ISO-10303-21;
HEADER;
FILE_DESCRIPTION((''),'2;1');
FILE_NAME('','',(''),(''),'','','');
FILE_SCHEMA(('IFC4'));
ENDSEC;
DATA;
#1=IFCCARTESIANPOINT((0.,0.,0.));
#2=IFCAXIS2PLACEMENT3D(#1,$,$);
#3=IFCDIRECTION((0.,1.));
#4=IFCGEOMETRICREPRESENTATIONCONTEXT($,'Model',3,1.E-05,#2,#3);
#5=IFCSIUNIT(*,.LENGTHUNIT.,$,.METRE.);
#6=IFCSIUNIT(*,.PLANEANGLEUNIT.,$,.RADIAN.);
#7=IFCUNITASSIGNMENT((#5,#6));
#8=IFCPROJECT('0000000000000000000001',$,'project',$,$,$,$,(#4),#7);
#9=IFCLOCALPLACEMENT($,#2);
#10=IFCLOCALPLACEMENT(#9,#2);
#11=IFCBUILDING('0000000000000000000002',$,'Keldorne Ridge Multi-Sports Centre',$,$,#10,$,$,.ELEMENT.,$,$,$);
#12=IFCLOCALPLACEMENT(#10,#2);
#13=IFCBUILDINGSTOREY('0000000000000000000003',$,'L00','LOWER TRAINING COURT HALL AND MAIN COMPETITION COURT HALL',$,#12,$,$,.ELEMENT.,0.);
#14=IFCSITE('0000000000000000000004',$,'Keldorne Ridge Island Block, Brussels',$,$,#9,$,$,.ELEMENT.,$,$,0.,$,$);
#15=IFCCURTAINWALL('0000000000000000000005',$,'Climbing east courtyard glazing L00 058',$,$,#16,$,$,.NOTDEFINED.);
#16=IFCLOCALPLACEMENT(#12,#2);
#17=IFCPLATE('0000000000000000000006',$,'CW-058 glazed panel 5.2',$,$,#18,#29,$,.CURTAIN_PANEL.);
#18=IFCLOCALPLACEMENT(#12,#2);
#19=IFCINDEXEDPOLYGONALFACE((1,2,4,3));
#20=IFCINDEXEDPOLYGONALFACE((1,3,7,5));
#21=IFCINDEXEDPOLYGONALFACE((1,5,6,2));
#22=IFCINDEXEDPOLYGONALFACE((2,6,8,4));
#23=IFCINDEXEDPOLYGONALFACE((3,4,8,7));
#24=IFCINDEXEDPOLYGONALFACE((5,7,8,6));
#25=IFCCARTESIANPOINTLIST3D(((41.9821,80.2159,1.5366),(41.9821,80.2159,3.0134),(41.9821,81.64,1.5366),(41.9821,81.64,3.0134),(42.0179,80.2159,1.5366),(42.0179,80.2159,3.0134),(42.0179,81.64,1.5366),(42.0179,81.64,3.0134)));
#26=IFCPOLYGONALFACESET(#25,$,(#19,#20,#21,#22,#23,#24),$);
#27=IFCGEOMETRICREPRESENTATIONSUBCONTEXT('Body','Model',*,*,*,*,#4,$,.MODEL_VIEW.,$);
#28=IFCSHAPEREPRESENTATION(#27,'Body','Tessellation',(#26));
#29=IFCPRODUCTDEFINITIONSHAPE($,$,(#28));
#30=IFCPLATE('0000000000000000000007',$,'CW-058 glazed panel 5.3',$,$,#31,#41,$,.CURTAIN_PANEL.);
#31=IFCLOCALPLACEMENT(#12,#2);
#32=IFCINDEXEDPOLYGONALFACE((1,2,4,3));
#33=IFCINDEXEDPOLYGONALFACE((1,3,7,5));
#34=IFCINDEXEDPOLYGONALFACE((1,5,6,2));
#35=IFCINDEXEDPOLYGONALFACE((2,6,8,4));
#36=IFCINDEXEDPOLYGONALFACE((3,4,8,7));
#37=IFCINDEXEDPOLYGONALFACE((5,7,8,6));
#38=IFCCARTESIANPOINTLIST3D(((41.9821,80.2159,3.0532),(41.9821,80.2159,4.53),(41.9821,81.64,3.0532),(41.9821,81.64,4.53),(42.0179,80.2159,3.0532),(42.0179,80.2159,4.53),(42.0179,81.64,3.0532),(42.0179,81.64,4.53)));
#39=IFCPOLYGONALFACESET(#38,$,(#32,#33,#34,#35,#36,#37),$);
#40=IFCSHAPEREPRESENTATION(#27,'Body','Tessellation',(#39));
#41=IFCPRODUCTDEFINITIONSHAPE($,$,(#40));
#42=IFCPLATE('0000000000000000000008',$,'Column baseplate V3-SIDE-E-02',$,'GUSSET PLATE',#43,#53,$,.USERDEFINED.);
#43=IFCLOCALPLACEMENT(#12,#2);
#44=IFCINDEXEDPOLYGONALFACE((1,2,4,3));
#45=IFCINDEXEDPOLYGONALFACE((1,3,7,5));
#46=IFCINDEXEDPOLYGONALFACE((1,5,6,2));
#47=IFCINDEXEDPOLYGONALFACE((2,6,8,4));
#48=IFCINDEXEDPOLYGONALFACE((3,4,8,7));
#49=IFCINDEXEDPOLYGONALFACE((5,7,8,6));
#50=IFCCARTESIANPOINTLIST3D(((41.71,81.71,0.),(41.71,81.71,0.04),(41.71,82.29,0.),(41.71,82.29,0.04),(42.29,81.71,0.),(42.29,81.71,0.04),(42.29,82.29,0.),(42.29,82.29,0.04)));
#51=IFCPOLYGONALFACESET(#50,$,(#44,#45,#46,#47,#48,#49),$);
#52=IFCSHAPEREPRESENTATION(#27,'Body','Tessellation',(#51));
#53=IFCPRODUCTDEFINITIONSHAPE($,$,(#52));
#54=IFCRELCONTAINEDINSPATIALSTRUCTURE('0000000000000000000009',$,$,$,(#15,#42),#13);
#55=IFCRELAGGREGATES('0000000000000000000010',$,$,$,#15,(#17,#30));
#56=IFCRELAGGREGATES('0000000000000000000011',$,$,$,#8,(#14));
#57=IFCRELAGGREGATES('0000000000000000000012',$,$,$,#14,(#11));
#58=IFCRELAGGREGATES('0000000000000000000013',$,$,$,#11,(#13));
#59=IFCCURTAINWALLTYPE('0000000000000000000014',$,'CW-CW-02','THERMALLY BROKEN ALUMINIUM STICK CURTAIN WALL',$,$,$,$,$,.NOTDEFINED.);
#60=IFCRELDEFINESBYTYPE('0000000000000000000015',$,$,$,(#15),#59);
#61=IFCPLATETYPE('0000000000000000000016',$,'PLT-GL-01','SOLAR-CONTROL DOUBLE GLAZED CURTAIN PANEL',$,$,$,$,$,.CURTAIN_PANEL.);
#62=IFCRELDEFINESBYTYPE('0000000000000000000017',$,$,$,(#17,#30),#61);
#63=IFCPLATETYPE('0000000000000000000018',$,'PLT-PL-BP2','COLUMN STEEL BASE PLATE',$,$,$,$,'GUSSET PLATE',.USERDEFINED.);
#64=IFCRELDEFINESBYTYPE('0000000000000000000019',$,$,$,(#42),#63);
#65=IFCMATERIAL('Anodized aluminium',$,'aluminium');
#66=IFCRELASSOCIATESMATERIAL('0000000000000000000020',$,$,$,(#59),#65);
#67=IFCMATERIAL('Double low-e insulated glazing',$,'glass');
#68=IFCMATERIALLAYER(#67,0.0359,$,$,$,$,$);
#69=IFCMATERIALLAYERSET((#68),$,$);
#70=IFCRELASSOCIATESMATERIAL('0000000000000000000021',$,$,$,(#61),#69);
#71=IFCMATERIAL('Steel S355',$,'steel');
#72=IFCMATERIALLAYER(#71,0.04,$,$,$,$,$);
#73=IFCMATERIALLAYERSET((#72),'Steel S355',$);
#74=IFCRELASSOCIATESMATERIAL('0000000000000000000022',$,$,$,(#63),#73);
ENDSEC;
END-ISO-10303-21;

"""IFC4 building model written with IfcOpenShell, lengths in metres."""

from ifc_helpers import new_model, si_unit, direction, frame, origin, origin_2d, place, context, subcontext, project, spatial, rectangle, extrude, material, layer, layer_set, type_object, element, aggregate, save


model = new_model("IFC4")

# Units and contexts
model_context = context("Model", 3, precision=1e-05, world=origin(), true_north=direction((0.0, 1.0)))
body_context = subcontext(model_context, "Body", "Model", "MODEL_VIEW")
ifc_project = project(units=[si_unit("LENGTHUNIT", "METRE"), si_unit("PLANEANGLEUNIT", "RADIAN")], contexts=[model_context])

# Site, building, storey
site_placement = place(None, origin())
site = spatial("IfcSite", under=ifc_project, at=site_placement, Name="Keldorne Ridge Island Block, Brussels", CompositionType="ELEMENT", RefElevation=0.0)
building_placement = place(site_placement, origin())
building = spatial("IfcBuilding", under=site, at=building_placement, Name="Keldorne Ridge Multi-Sports Centre", CompositionType="ELEMENT")
storey_placement = place(building_placement, origin())
storey = spatial("IfcBuildingStorey", under=building, at=storey_placement, Name="L00", Description="LOWER TRAINING COURT HALL AND MAIN COMPETITION COURT HALL", CompositionType="ELEMENT", Elevation=0.0)

# Shared definitions
ifc_material_1 = material(Name="Steel S355", Category="steel")

# Curtain wall, plates
ifc_material_2 = material(Name="Anodized aluminium", Category="aluminium")
curtain_wall_type = type_object("IfcCurtainWallType", Name="CW-CW-02", Description="THERMALLY BROKEN ALUMINIUM STICK CURTAIN WALL", PredefinedType="NOTDEFINED", material=ifc_material_2)
curtain_wall_placement = place(storey_placement, origin())
curtain_wall = element("IfcCurtainWall", 1, at=curtain_wall_placement, inside=storey, type_object=curtain_wall_type, Name="Climbing east courtyard glazing L00 058", PredefinedType="NOTDEFINED")
ifc_material_3 = material(Name="Double low-e insulated glazing", Category="glass")
ifc_layer_1 = layer(ifc_material_3, 0.0359)
ifc_layer_set_1 = layer_set([ifc_layer_1])
plate_type_1 = type_object("IfcPlateType", Name="PLT-GL-01", Description="SOLAR-CONTROL DOUBLE GLAZED CURTAIN PANEL", PredefinedType="CURTAIN_PANEL", material=ifc_layer_set_1)
plate_1_placement = place(storey_placement, frame((42.0, 80.928, 1.5366), z_axis=(0.0, 0.0, 1.0), x_axis=(0.0, 1.0, 0.0)))
plate_1 = element("IfcPlate", 2, at=plate_1_placement, type_object=plate_type_1, Name="CW-058 glazed panel 5.2", PredefinedType="CURTAIN_PANEL", context=body_context, shape_type="SweptSolid", body=[
    extrude(rectangle(XDim=1.4241, YDim=0.0359, at=origin_2d()), origin(), (0.0, 0.0, 1.0), 1.4768),
])
plate_2_placement = place(storey_placement, frame((42.0, 80.928, 3.0532), z_axis=(0.0, 0.0, 1.0), x_axis=(0.0, 1.0, 0.0)))
plate_2 = element("IfcPlate", 3, at=plate_2_placement, type_object=plate_type_1, Name="CW-058 glazed panel 5.3", PredefinedType="CURTAIN_PANEL", context=body_context, shape_type="SweptSolid", body=[
    extrude(rectangle(XDim=1.4241, YDim=0.0359, at=origin_2d()), origin(), (0.0, 0.0, 1.0), 1.4768),
])
aggregate(curtain_wall, [plate_1, plate_2])

# Plate
ifc_layer_2 = layer(ifc_material_1, 0.04)
ifc_layer_set_2 = layer_set([ifc_layer_2], Name="Steel S355")
plate_type_2 = type_object("IfcPlateType", Name="PLT-PL-BP2", Description="COLUMN STEEL BASE PLATE", ElementType="GUSSET PLATE", PredefinedType="USERDEFINED", material=ifc_layer_set_2)
plate_3_placement = place(storey_placement, frame((42.0, 82.0, 0.0), z_axis=(0.0, 0.0, 1.0), x_axis=(1.0, 0.0, 0.0)))
element("IfcPlate", 4, at=plate_3_placement, inside=storey, type_object=plate_type_2, Name="Column baseplate V3-SIDE-E-02", ObjectType="GUSSET PLATE", PredefinedType="USERDEFINED", context=body_context, shape_type="SweptSolid", body=[
    extrude(rectangle(XDim=0.5801, YDim=0.5801, at=origin_2d()), origin(), (0.0, 0.0, 1.0), 0.04),
])

save(model, "model.ifc")
